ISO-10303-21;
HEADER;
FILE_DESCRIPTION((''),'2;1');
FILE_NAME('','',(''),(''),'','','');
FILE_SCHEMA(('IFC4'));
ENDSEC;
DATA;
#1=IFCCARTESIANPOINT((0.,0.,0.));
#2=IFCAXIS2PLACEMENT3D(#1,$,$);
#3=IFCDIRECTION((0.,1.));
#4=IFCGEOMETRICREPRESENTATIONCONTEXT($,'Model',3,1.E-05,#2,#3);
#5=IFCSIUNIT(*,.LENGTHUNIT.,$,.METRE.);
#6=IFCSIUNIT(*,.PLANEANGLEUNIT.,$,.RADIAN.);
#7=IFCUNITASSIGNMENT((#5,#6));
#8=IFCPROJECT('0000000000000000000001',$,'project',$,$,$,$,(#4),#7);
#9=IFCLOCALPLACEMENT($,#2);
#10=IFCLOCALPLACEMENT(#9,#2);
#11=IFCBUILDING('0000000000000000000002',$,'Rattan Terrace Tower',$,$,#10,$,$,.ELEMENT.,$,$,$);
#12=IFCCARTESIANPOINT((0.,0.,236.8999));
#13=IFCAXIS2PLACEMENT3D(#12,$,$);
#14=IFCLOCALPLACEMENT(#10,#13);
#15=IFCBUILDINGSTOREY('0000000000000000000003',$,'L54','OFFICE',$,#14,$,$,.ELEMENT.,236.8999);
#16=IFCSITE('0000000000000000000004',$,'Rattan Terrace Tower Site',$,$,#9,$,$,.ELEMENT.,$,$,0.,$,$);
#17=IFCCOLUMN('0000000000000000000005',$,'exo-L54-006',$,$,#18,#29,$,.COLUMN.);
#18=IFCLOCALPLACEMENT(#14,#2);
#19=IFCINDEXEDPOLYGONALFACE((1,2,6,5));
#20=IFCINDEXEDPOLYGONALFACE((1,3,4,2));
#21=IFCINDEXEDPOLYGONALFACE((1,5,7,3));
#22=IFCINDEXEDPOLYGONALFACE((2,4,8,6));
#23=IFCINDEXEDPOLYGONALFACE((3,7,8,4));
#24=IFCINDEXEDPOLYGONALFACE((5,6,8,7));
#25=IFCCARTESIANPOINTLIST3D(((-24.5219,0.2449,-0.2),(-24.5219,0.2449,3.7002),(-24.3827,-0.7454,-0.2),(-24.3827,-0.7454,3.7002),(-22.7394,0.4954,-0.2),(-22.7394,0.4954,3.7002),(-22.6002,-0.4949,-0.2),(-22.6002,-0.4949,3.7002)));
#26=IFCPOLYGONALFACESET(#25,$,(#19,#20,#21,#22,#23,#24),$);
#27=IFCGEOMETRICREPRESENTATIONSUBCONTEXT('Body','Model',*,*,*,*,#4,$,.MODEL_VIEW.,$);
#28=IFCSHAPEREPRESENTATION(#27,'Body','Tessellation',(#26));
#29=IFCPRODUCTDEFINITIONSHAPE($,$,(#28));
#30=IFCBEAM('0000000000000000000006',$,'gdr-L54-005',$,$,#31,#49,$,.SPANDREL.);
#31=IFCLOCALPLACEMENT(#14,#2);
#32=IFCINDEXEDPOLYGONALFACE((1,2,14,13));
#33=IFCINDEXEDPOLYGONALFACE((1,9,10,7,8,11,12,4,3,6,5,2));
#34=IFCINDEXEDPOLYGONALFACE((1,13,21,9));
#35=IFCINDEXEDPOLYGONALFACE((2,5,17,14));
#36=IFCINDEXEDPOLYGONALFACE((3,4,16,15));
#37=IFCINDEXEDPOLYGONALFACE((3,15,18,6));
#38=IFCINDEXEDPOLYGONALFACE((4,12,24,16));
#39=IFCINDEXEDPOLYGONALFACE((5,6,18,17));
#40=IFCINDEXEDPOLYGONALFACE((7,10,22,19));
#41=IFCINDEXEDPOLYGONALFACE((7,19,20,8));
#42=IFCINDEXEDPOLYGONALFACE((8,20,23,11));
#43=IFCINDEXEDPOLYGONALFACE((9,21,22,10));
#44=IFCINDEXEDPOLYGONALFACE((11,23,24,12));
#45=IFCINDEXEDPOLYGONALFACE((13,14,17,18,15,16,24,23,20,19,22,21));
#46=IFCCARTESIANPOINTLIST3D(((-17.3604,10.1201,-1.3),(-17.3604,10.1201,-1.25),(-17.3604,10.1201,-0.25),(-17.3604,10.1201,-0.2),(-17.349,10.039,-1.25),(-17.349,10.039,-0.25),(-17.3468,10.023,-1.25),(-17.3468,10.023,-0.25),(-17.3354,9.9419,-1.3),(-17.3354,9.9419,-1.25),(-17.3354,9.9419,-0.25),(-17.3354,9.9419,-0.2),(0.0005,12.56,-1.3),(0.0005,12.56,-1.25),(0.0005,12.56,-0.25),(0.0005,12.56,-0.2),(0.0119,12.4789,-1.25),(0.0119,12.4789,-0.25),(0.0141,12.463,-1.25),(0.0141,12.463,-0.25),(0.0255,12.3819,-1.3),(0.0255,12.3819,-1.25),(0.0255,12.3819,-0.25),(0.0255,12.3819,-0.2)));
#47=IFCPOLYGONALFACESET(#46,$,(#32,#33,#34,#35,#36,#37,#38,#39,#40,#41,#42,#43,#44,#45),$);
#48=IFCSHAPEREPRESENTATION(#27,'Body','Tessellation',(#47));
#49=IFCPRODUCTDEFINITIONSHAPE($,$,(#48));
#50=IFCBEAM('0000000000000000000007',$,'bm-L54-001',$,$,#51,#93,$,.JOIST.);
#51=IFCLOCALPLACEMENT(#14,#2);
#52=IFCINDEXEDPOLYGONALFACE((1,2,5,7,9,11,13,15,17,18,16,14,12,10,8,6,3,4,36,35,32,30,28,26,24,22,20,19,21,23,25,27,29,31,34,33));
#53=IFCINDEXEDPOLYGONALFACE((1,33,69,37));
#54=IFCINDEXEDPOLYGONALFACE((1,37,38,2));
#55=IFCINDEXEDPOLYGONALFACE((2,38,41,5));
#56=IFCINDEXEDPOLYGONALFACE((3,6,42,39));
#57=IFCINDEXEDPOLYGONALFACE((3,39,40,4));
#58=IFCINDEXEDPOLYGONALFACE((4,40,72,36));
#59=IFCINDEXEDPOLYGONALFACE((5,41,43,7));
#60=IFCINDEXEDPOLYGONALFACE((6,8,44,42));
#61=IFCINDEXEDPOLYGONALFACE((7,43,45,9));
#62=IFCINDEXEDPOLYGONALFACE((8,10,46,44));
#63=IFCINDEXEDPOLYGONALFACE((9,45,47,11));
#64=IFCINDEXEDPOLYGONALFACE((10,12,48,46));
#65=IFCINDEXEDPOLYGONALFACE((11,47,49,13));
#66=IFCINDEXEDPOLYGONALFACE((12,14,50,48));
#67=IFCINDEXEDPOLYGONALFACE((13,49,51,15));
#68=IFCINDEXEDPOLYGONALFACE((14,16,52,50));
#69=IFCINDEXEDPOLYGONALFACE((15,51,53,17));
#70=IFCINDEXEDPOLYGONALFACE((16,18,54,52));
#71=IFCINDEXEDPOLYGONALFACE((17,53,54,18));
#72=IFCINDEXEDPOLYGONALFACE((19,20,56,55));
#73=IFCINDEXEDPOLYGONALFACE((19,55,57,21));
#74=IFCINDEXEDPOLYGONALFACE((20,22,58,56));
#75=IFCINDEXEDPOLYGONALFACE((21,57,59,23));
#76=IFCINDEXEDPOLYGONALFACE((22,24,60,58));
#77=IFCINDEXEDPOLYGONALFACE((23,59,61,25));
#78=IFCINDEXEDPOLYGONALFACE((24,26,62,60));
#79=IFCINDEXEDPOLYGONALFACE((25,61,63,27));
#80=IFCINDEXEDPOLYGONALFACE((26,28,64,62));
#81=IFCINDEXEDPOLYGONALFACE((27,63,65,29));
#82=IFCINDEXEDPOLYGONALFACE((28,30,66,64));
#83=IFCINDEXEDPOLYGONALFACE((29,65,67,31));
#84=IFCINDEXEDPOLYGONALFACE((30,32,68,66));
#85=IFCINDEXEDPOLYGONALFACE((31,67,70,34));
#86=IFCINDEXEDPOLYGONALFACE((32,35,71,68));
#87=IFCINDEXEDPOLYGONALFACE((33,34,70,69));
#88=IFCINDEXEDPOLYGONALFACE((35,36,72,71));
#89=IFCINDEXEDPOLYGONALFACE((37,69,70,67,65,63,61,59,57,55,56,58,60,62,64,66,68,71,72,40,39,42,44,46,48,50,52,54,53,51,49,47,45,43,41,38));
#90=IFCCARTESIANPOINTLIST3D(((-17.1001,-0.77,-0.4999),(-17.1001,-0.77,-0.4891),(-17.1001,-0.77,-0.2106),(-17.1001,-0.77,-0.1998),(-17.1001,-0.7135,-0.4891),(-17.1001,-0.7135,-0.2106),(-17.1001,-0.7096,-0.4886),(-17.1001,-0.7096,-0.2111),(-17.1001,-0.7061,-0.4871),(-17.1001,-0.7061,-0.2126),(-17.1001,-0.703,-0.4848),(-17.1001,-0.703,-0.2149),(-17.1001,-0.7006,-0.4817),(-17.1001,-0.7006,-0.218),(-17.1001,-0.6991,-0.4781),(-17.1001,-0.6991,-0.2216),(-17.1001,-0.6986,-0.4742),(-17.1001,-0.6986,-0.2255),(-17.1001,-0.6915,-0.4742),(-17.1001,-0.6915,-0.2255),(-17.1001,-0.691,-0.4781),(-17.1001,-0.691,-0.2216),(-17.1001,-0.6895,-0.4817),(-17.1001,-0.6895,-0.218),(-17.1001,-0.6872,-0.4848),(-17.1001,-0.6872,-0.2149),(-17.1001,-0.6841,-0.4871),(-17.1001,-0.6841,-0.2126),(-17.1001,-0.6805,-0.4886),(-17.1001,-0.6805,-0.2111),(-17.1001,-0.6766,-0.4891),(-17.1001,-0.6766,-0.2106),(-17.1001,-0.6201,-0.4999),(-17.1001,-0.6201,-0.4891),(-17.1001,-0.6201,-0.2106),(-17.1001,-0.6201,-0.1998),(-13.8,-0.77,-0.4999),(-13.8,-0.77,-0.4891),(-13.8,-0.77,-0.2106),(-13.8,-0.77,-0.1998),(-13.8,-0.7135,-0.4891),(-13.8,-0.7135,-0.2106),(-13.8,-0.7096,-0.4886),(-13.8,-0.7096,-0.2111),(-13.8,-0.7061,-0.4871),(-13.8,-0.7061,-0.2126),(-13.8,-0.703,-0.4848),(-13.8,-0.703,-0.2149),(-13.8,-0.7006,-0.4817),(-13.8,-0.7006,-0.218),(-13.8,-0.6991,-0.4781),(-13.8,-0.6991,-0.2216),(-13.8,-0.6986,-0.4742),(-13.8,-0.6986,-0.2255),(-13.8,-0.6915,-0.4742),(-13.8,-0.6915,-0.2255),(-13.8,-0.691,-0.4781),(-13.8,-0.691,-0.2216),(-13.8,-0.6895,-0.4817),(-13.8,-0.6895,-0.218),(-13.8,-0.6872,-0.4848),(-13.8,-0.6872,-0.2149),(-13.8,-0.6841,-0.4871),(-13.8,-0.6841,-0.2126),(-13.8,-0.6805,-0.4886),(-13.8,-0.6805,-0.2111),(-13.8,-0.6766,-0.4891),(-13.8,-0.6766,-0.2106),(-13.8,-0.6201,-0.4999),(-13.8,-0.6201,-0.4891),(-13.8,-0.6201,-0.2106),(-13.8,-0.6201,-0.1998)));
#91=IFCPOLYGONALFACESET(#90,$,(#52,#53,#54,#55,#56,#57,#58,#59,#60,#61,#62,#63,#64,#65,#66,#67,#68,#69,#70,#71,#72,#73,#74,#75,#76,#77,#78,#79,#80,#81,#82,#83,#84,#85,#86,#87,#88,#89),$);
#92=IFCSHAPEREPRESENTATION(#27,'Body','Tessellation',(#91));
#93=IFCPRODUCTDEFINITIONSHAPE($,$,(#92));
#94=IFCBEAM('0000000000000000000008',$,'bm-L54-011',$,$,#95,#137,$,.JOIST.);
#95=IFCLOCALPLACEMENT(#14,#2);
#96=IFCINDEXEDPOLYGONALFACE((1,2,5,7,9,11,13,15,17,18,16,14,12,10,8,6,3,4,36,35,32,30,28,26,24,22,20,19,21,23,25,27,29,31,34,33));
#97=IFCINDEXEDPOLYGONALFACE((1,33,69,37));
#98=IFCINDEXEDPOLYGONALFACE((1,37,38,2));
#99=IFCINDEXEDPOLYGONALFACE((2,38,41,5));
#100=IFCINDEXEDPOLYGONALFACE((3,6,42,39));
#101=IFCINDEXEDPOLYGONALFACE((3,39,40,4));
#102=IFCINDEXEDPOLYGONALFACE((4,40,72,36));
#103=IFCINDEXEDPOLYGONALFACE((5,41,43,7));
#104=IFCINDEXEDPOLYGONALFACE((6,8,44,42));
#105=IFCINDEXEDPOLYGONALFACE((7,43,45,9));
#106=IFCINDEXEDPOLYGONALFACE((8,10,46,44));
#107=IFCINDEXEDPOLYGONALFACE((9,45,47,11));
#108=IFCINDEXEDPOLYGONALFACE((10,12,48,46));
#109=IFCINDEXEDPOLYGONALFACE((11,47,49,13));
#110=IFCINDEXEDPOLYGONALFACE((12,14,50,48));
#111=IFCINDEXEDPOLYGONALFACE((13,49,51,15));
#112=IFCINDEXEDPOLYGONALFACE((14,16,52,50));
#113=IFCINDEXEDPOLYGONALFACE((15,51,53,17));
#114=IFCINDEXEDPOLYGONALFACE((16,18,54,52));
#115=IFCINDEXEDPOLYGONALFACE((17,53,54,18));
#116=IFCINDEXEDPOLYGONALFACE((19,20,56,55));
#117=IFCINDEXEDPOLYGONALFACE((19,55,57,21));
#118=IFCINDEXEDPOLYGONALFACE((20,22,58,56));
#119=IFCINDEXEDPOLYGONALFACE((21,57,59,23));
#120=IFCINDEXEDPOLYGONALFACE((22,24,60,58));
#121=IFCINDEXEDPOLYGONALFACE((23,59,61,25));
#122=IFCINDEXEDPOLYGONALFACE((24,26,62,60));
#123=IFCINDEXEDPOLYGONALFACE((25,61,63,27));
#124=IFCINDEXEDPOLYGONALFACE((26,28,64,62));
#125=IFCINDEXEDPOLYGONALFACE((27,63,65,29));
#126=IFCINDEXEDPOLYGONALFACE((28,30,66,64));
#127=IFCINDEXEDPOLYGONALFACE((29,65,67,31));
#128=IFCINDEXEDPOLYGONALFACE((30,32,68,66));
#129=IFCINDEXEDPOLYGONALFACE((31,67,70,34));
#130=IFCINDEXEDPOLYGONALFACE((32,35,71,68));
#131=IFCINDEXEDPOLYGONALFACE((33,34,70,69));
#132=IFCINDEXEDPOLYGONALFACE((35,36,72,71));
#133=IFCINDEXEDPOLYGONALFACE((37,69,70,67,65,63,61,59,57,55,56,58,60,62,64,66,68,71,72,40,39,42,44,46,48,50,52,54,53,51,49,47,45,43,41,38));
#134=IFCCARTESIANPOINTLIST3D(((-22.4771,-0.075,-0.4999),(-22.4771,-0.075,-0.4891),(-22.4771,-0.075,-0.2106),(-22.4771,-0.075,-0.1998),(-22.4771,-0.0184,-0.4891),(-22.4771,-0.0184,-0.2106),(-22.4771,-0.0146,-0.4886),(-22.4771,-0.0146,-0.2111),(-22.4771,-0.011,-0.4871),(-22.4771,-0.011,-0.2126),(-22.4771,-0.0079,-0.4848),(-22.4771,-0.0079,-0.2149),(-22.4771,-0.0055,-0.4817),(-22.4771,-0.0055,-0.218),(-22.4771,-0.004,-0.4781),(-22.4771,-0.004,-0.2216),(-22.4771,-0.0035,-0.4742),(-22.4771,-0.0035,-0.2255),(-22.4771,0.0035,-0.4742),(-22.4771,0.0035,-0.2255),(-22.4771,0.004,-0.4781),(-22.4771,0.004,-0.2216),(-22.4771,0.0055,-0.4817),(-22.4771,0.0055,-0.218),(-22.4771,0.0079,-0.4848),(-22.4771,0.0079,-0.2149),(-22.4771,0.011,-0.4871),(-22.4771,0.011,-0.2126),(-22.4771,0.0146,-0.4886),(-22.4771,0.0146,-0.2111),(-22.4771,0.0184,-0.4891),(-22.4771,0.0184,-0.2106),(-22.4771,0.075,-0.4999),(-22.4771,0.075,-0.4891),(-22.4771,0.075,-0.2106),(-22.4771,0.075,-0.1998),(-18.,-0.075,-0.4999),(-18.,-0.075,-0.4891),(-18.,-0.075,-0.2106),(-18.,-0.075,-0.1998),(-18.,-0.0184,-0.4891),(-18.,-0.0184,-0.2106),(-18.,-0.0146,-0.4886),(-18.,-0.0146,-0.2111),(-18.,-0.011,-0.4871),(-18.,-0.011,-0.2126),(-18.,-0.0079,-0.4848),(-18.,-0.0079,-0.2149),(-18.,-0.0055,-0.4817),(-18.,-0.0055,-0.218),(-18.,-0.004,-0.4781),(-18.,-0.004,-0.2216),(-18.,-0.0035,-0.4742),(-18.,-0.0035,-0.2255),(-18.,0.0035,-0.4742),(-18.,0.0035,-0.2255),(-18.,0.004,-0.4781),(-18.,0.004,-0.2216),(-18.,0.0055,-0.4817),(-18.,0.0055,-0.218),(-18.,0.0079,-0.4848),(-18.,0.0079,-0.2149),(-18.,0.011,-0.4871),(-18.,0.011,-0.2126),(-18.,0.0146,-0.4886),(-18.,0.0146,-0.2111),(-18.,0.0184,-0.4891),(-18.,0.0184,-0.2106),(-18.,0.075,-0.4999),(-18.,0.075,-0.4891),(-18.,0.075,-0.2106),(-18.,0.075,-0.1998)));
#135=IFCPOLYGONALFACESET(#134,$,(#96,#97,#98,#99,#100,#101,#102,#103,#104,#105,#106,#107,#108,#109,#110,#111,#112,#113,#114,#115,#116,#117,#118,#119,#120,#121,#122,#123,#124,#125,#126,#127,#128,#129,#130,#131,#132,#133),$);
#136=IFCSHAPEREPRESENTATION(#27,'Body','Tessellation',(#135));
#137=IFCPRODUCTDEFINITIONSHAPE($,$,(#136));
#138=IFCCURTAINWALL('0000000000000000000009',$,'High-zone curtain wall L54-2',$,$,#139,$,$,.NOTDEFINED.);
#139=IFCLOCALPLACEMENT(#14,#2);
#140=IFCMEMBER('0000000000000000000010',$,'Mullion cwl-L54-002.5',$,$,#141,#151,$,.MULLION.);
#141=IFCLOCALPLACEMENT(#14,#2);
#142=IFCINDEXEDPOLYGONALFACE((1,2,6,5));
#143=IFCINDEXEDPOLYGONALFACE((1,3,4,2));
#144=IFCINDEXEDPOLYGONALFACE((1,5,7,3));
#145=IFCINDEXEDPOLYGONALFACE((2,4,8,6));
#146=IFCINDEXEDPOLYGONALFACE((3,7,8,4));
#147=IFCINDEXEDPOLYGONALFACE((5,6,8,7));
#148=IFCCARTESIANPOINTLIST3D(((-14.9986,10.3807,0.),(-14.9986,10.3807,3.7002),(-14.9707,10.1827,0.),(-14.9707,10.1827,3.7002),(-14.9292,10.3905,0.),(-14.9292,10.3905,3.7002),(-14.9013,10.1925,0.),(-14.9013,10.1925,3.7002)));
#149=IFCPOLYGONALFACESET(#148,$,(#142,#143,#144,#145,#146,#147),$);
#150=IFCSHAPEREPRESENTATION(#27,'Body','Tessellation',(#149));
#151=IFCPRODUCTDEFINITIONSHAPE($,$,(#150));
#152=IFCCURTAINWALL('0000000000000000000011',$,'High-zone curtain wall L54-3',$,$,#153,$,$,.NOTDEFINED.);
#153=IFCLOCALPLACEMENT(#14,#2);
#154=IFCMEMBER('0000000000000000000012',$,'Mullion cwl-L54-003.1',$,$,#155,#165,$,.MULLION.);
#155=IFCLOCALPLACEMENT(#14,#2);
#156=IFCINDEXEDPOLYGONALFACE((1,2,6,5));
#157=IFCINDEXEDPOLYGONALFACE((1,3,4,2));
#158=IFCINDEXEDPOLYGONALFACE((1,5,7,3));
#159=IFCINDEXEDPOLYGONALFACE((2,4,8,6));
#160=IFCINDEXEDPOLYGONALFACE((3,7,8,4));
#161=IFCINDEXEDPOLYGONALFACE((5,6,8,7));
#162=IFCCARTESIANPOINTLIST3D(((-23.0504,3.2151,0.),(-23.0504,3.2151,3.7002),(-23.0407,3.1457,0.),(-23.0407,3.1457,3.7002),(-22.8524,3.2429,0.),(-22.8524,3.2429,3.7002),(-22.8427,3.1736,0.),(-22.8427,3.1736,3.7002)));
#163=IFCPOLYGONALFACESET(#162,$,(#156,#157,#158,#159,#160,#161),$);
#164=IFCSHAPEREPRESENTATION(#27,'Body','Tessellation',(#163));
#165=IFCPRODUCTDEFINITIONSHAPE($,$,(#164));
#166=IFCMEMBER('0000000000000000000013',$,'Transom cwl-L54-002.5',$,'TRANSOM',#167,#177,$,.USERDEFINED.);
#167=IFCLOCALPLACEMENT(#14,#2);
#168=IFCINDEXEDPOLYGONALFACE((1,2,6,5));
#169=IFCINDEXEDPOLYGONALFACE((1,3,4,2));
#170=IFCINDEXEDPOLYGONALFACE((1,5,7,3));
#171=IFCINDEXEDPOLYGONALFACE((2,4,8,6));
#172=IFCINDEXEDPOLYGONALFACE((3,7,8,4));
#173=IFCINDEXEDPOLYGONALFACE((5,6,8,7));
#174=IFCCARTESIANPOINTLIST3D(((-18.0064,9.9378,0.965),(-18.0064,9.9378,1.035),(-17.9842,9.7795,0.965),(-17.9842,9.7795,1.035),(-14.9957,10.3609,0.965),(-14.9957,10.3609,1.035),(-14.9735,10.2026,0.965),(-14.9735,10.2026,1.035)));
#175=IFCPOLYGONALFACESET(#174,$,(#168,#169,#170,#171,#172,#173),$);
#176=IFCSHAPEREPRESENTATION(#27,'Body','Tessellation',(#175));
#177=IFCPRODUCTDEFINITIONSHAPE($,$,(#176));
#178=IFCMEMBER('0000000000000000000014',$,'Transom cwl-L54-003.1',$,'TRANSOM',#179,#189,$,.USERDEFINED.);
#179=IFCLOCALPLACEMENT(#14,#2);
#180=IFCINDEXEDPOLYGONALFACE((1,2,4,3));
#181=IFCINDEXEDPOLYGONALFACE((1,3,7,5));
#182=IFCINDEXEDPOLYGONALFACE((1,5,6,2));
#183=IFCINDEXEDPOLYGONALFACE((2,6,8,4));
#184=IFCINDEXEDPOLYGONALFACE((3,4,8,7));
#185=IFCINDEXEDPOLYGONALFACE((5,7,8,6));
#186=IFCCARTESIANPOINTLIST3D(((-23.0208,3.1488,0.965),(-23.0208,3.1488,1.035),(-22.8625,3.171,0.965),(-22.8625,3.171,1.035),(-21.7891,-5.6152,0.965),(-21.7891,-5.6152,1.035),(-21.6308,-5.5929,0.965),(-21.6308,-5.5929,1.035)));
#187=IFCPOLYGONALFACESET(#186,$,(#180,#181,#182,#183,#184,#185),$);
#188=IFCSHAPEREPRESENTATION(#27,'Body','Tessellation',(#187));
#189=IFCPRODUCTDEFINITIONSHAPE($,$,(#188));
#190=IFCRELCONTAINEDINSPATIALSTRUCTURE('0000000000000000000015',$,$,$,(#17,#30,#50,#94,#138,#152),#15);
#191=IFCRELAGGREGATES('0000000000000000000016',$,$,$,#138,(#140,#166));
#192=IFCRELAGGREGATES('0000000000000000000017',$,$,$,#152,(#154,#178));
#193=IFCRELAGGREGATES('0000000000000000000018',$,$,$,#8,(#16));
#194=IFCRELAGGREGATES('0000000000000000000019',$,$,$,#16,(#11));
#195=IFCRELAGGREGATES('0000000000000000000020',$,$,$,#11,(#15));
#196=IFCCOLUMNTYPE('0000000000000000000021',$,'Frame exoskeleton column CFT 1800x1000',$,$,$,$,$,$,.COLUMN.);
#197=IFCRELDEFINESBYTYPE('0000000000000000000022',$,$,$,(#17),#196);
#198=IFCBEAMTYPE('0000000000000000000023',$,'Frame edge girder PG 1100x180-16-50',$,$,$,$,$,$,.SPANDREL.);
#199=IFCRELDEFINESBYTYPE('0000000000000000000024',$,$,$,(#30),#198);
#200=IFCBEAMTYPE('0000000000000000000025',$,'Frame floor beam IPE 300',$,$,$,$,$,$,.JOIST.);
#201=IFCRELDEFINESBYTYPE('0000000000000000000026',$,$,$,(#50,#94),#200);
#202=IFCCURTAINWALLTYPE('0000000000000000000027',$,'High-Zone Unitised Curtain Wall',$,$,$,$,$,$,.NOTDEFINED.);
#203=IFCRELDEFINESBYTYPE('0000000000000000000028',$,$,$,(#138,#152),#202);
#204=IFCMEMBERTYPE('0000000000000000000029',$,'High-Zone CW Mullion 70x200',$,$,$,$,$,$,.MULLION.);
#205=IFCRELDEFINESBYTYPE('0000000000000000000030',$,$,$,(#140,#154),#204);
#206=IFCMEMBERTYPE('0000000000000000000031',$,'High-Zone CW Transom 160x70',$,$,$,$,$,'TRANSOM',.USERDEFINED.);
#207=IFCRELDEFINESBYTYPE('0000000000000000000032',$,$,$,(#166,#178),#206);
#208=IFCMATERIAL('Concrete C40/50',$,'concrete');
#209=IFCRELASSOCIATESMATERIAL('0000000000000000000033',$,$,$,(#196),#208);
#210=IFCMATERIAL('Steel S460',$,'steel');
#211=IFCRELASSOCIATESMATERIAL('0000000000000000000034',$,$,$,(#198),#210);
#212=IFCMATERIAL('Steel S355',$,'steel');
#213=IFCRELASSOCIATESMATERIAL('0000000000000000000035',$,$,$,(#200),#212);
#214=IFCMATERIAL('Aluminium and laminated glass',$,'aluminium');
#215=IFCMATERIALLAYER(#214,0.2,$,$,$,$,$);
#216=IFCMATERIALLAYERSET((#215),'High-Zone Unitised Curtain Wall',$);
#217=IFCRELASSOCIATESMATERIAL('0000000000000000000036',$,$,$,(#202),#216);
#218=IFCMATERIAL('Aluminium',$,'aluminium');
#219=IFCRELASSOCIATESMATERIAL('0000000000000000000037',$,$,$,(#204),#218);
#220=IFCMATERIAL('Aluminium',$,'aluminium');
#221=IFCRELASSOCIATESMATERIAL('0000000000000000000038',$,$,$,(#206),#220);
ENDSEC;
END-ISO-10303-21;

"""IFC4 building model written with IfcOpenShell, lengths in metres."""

from ifc_helpers import new_model, si_unit, direction, frame, origin, origin_2d, place, context, subcontext, project, spatial, rectangle, i_section, extrude, material, layer, layer_set, material_profile, profile_set, type_object, element, aggregate, save


model = new_model("IFC4")

# Units and contexts
model_context = context("Model", 3, precision=1e-05, world=origin(), true_north=direction((0.0, 1.0)))
body_context = subcontext(model_context, "Body", "Model", "MODEL_VIEW")
ifc_project = project(units=[si_unit("LENGTHUNIT", "METRE"), si_unit("PLANEANGLEUNIT", "RADIAN")], contexts=[model_context])

# Site, building, storey
site_placement = place(None, origin())
site = spatial("IfcSite", under=ifc_project, at=site_placement, Name="Rattan Terrace Tower Site", CompositionType="ELEMENT", RefElevation=0.0)
building_placement = place(site_placement, origin())
building = spatial("IfcBuilding", under=site, at=building_placement, Name="Rattan Terrace Tower", CompositionType="ELEMENT")
storey_placement = place(building_placement, frame((0.0, 0.0, 236.8999)))
storey = spatial("IfcBuildingStorey", under=building, at=storey_placement, Name="L54", Description="OFFICE", CompositionType="ELEMENT", Elevation=236.8999)

# Column
ifc_material_1 = material(Name="Concrete C40/50", Category="concrete")
ifc_material_profile_1 = material_profile(ifc_material_1, rectangle(XDim=1.0, YDim=1.8, at=origin_2d()), Name="CFT 1800x1000")
ifc_profile_set_1 = profile_set([ifc_material_profile_1], Name="Concrete C40/50")
column_type = type_object("IfcColumnType", Name="Frame exoskeleton column CFT 1800x1000", PredefinedType="COLUMN", material=ifc_profile_set_1)
column_placement = place(storey_placement, frame((-23.561, -0.125, -0.2), z_axis=(0.0, 0.0, 1.0), x_axis=(-0.13919, 0.990266, 0.0)))
element("IfcColumn", 1, at=column_placement, inside=storey, type_object=column_type, Name="exo-L54-006", PredefinedType="COLUMN", context=body_context, shape_type="SweptSolid", body=[
    extrude(rectangle(XDim=1.0, YDim=1.8, at=origin_2d()), origin(), (0.0, 0.0, 1.0), 3.9001),
])

# Beams
ifc_material_2 = material(Name="Steel S460", Category="steel")
ifc_material_profile_2 = material_profile(ifc_material_2, i_section(OverallWidth=0.1799, OverallDepth=1.1001, WebThickness=0.0161, FlangeThickness=0.05, at=origin_2d()), Name="PG 1100x180-16-50")
ifc_profile_set_2 = profile_set([ifc_material_profile_2], Name="Steel S460")
beam_type_1 = type_object("IfcBeamType", Name="Frame edge girder PG 1100x180-16-50", PredefinedType="SPANDREL", material=ifc_profile_set_2)
beam_1_placement = place(storey_placement, frame((-17.3479, 10.031, -0.75), z_axis=(0.990268, 0.139175, 0.0), x_axis=(-0.139175, 0.990268, 0.0)))
element("IfcBeam", 2, at=beam_1_placement, inside=storey, type_object=beam_type_1, Name="gdr-L54-005", PredefinedType="SPANDREL", context=body_context, shape_type="SweptSolid", body=[
    extrude(i_section(OverallWidth=0.1799, OverallDepth=1.1001, WebThickness=0.0161, FlangeThickness=0.05, at=origin_2d()), origin(), (0.0, 0.0, 1.0), 17.5315),
])
ifc_material_3 = material(Name="Steel S355", Category="steel")
ifc_material_profile_3 = material_profile(ifc_material_3, i_section(OverallWidth=0.1499, OverallDepth=0.3, WebThickness=0.0071, FlangeThickness=0.0107, FilletRadius=0.0149, at=origin_2d()), Name="IPE 300")
ifc_profile_set_3 = profile_set([ifc_material_profile_3], Name="Steel S355")
beam_type_2 = type_object("IfcBeamType", Name="Frame floor beam IPE 300", PredefinedType="JOIST", material=ifc_profile_set_3)
beam_2_placement = place(storey_placement, frame((-17.1001, -0.6951, -0.3499), z_axis=(1.0, 0.0, 0.0), x_axis=(0.0, 1.0, 0.0)))
element("IfcBeam", 3, at=beam_2_placement, inside=storey, type_object=beam_type_2, Name="bm-L54-001", PredefinedType="JOIST", context=body_context, shape_type="SweptSolid", body=[
    extrude(i_section(OverallWidth=0.1499, OverallDepth=0.3, WebThickness=0.0071, FlangeThickness=0.0107, FilletRadius=0.0149, at=origin_2d()), origin(), (0.0, 0.0, 1.0), 3.3),
])
beam_3_placement = place(storey_placement, frame((-22.4771, 0.0, -0.3499), z_axis=(1.0, 0.0, 0.0), x_axis=(0.0, 1.0, 0.0)))
element("IfcBeam", 4, at=beam_3_placement, inside=storey, type_object=beam_type_2, Name="bm-L54-011", PredefinedType="JOIST", context=body_context, shape_type="SweptSolid", body=[
    extrude(i_section(OverallWidth=0.1499, OverallDepth=0.3, WebThickness=0.0071, FlangeThickness=0.0107, FilletRadius=0.0149, at=origin_2d()), origin(), (0.0, 0.0, 1.0), 4.4771),
])

# Curtain walls, members
ifc_material_4 = material(Name="Aluminium and laminated glass", Category="aluminium")
ifc_layer_1 = layer(ifc_material_4, 0.2)
ifc_layer_set_1 = layer_set([ifc_layer_1], Name="High-Zone Unitised Curtain Wall")
curtain_wall_type = type_object("IfcCurtainWallType", Name="High-Zone Unitised Curtain Wall", PredefinedType="NOTDEFINED", material=ifc_layer_set_1)
curtain_wall_1_placement = place(storey_placement, origin())
curtain_wall_1 = element("IfcCurtainWall", 5, at=curtain_wall_1_placement, inside=storey, type_object=curtain_wall_type, Name="High-zone curtain wall L54-2", PredefinedType="NOTDEFINED")
ifc_material_5 = material(Name="Aluminium", Category="aluminium")
ifc_material_profile_4 = material_profile(ifc_material_5, rectangle(XDim=0.0701, YDim=0.2, at=origin_2d()), Name="Aluminium 70x200")
ifc_profile_set_4 = profile_set([ifc_material_profile_4], Name="Aluminium")
member_type_1 = type_object("IfcMemberType", Name="High-Zone CW Mullion 70x200", PredefinedType="MULLION", material=ifc_profile_set_4)
member_1_placement = place(storey_placement, frame((-14.95, 10.2866, 0.0), z_axis=(0.0, 0.0, 1.0), x_axis=(-0.990267, -0.139177, 0.0)))
member_1 = element("IfcMember", 6, at=member_1_placement, type_object=member_type_1, Name="Mullion cwl-L54-002.5", PredefinedType="MULLION", context=body_context, shape_type="SweptSolid", body=[
    extrude(rectangle(XDim=0.0701, YDim=0.2, at=origin_2d()), origin(), (0.0, 0.0, 1.0), 3.7002),
])
curtain_wall_2_placement = place(storey_placement, origin())
curtain_wall_2 = element("IfcCurtainWall", 7, at=curtain_wall_2_placement, inside=storey, type_object=curtain_wall_type, Name="High-zone curtain wall L54-3", PredefinedType="NOTDEFINED")
member_2_placement = place(storey_placement, frame((-22.9465, 3.1943, 0.0), z_axis=(0.0, 0.0, 1.0), x_axis=(0.139186, -0.990266, 0.0)))
member_2 = element("IfcMember", 8, at=member_2_placement, type_object=member_type_1, Name="Mullion cwl-L54-003.1", PredefinedType="MULLION", context=body_context, shape_type="SweptSolid", body=[
    extrude(rectangle(XDim=0.0701, YDim=0.2, at=origin_2d()), origin(), (0.0, 0.0, 1.0), 3.7002),
])

# Members
ifc_material_6 = material(Name="Aluminium", Category="aluminium")
ifc_material_profile_5 = material_profile(ifc_material_6, rectangle(XDim=0.1599, YDim=0.0701, at=origin_2d()), Name="Aluminium 160x70")
ifc_profile_set_5 = profile_set([ifc_material_profile_5], Name="Aluminium")
member_type_2 = type_object("IfcMemberType", Name="High-Zone CW Transom 160x70", ElementType="TRANSOM", PredefinedType="USERDEFINED", material=ifc_profile_set_5)
member_3_placement = place(storey_placement, frame((-14.9846, 10.2817, 1.0), z_axis=(-0.99027, -0.139161, 0.0), x_axis=(0.139161, -0.99027, 0.0)))
member_3 = element("IfcMember", 9, at=member_3_placement, type_object=member_type_2, Name="Transom cwl-L54-002.5", ObjectType="TRANSOM", PredefinedType="USERDEFINED", context=body_context, shape_type="SweptSolid", body=[
    extrude(rectangle(XDim=0.1599, YDim=0.0701, at=origin_2d()), origin(), (0.0, 0.0, 1.0), 3.0403),
])
member_4_placement = place(storey_placement, frame((-22.9417, 3.1599, 1.0), z_axis=(0.139173, -0.990268, 0.0), x_axis=(0.990268, 0.139173, 0.0)))
member_4 = element("IfcMember", 10, at=member_4_placement, type_object=member_type_2, Name="Transom cwl-L54-003.1", ObjectType="TRANSOM", PredefinedType="USERDEFINED", context=body_context, shape_type="SweptSolid", body=[
    extrude(rectangle(XDim=0.1599, YDim=0.0701, at=origin_2d()), origin(), (0.0, 0.0, 1.0), 8.8501),
])

aggregate(curtain_wall_1, [member_1, member_3])
aggregate(curtain_wall_2, [member_2, member_4])

save(model, "model.ifc")
